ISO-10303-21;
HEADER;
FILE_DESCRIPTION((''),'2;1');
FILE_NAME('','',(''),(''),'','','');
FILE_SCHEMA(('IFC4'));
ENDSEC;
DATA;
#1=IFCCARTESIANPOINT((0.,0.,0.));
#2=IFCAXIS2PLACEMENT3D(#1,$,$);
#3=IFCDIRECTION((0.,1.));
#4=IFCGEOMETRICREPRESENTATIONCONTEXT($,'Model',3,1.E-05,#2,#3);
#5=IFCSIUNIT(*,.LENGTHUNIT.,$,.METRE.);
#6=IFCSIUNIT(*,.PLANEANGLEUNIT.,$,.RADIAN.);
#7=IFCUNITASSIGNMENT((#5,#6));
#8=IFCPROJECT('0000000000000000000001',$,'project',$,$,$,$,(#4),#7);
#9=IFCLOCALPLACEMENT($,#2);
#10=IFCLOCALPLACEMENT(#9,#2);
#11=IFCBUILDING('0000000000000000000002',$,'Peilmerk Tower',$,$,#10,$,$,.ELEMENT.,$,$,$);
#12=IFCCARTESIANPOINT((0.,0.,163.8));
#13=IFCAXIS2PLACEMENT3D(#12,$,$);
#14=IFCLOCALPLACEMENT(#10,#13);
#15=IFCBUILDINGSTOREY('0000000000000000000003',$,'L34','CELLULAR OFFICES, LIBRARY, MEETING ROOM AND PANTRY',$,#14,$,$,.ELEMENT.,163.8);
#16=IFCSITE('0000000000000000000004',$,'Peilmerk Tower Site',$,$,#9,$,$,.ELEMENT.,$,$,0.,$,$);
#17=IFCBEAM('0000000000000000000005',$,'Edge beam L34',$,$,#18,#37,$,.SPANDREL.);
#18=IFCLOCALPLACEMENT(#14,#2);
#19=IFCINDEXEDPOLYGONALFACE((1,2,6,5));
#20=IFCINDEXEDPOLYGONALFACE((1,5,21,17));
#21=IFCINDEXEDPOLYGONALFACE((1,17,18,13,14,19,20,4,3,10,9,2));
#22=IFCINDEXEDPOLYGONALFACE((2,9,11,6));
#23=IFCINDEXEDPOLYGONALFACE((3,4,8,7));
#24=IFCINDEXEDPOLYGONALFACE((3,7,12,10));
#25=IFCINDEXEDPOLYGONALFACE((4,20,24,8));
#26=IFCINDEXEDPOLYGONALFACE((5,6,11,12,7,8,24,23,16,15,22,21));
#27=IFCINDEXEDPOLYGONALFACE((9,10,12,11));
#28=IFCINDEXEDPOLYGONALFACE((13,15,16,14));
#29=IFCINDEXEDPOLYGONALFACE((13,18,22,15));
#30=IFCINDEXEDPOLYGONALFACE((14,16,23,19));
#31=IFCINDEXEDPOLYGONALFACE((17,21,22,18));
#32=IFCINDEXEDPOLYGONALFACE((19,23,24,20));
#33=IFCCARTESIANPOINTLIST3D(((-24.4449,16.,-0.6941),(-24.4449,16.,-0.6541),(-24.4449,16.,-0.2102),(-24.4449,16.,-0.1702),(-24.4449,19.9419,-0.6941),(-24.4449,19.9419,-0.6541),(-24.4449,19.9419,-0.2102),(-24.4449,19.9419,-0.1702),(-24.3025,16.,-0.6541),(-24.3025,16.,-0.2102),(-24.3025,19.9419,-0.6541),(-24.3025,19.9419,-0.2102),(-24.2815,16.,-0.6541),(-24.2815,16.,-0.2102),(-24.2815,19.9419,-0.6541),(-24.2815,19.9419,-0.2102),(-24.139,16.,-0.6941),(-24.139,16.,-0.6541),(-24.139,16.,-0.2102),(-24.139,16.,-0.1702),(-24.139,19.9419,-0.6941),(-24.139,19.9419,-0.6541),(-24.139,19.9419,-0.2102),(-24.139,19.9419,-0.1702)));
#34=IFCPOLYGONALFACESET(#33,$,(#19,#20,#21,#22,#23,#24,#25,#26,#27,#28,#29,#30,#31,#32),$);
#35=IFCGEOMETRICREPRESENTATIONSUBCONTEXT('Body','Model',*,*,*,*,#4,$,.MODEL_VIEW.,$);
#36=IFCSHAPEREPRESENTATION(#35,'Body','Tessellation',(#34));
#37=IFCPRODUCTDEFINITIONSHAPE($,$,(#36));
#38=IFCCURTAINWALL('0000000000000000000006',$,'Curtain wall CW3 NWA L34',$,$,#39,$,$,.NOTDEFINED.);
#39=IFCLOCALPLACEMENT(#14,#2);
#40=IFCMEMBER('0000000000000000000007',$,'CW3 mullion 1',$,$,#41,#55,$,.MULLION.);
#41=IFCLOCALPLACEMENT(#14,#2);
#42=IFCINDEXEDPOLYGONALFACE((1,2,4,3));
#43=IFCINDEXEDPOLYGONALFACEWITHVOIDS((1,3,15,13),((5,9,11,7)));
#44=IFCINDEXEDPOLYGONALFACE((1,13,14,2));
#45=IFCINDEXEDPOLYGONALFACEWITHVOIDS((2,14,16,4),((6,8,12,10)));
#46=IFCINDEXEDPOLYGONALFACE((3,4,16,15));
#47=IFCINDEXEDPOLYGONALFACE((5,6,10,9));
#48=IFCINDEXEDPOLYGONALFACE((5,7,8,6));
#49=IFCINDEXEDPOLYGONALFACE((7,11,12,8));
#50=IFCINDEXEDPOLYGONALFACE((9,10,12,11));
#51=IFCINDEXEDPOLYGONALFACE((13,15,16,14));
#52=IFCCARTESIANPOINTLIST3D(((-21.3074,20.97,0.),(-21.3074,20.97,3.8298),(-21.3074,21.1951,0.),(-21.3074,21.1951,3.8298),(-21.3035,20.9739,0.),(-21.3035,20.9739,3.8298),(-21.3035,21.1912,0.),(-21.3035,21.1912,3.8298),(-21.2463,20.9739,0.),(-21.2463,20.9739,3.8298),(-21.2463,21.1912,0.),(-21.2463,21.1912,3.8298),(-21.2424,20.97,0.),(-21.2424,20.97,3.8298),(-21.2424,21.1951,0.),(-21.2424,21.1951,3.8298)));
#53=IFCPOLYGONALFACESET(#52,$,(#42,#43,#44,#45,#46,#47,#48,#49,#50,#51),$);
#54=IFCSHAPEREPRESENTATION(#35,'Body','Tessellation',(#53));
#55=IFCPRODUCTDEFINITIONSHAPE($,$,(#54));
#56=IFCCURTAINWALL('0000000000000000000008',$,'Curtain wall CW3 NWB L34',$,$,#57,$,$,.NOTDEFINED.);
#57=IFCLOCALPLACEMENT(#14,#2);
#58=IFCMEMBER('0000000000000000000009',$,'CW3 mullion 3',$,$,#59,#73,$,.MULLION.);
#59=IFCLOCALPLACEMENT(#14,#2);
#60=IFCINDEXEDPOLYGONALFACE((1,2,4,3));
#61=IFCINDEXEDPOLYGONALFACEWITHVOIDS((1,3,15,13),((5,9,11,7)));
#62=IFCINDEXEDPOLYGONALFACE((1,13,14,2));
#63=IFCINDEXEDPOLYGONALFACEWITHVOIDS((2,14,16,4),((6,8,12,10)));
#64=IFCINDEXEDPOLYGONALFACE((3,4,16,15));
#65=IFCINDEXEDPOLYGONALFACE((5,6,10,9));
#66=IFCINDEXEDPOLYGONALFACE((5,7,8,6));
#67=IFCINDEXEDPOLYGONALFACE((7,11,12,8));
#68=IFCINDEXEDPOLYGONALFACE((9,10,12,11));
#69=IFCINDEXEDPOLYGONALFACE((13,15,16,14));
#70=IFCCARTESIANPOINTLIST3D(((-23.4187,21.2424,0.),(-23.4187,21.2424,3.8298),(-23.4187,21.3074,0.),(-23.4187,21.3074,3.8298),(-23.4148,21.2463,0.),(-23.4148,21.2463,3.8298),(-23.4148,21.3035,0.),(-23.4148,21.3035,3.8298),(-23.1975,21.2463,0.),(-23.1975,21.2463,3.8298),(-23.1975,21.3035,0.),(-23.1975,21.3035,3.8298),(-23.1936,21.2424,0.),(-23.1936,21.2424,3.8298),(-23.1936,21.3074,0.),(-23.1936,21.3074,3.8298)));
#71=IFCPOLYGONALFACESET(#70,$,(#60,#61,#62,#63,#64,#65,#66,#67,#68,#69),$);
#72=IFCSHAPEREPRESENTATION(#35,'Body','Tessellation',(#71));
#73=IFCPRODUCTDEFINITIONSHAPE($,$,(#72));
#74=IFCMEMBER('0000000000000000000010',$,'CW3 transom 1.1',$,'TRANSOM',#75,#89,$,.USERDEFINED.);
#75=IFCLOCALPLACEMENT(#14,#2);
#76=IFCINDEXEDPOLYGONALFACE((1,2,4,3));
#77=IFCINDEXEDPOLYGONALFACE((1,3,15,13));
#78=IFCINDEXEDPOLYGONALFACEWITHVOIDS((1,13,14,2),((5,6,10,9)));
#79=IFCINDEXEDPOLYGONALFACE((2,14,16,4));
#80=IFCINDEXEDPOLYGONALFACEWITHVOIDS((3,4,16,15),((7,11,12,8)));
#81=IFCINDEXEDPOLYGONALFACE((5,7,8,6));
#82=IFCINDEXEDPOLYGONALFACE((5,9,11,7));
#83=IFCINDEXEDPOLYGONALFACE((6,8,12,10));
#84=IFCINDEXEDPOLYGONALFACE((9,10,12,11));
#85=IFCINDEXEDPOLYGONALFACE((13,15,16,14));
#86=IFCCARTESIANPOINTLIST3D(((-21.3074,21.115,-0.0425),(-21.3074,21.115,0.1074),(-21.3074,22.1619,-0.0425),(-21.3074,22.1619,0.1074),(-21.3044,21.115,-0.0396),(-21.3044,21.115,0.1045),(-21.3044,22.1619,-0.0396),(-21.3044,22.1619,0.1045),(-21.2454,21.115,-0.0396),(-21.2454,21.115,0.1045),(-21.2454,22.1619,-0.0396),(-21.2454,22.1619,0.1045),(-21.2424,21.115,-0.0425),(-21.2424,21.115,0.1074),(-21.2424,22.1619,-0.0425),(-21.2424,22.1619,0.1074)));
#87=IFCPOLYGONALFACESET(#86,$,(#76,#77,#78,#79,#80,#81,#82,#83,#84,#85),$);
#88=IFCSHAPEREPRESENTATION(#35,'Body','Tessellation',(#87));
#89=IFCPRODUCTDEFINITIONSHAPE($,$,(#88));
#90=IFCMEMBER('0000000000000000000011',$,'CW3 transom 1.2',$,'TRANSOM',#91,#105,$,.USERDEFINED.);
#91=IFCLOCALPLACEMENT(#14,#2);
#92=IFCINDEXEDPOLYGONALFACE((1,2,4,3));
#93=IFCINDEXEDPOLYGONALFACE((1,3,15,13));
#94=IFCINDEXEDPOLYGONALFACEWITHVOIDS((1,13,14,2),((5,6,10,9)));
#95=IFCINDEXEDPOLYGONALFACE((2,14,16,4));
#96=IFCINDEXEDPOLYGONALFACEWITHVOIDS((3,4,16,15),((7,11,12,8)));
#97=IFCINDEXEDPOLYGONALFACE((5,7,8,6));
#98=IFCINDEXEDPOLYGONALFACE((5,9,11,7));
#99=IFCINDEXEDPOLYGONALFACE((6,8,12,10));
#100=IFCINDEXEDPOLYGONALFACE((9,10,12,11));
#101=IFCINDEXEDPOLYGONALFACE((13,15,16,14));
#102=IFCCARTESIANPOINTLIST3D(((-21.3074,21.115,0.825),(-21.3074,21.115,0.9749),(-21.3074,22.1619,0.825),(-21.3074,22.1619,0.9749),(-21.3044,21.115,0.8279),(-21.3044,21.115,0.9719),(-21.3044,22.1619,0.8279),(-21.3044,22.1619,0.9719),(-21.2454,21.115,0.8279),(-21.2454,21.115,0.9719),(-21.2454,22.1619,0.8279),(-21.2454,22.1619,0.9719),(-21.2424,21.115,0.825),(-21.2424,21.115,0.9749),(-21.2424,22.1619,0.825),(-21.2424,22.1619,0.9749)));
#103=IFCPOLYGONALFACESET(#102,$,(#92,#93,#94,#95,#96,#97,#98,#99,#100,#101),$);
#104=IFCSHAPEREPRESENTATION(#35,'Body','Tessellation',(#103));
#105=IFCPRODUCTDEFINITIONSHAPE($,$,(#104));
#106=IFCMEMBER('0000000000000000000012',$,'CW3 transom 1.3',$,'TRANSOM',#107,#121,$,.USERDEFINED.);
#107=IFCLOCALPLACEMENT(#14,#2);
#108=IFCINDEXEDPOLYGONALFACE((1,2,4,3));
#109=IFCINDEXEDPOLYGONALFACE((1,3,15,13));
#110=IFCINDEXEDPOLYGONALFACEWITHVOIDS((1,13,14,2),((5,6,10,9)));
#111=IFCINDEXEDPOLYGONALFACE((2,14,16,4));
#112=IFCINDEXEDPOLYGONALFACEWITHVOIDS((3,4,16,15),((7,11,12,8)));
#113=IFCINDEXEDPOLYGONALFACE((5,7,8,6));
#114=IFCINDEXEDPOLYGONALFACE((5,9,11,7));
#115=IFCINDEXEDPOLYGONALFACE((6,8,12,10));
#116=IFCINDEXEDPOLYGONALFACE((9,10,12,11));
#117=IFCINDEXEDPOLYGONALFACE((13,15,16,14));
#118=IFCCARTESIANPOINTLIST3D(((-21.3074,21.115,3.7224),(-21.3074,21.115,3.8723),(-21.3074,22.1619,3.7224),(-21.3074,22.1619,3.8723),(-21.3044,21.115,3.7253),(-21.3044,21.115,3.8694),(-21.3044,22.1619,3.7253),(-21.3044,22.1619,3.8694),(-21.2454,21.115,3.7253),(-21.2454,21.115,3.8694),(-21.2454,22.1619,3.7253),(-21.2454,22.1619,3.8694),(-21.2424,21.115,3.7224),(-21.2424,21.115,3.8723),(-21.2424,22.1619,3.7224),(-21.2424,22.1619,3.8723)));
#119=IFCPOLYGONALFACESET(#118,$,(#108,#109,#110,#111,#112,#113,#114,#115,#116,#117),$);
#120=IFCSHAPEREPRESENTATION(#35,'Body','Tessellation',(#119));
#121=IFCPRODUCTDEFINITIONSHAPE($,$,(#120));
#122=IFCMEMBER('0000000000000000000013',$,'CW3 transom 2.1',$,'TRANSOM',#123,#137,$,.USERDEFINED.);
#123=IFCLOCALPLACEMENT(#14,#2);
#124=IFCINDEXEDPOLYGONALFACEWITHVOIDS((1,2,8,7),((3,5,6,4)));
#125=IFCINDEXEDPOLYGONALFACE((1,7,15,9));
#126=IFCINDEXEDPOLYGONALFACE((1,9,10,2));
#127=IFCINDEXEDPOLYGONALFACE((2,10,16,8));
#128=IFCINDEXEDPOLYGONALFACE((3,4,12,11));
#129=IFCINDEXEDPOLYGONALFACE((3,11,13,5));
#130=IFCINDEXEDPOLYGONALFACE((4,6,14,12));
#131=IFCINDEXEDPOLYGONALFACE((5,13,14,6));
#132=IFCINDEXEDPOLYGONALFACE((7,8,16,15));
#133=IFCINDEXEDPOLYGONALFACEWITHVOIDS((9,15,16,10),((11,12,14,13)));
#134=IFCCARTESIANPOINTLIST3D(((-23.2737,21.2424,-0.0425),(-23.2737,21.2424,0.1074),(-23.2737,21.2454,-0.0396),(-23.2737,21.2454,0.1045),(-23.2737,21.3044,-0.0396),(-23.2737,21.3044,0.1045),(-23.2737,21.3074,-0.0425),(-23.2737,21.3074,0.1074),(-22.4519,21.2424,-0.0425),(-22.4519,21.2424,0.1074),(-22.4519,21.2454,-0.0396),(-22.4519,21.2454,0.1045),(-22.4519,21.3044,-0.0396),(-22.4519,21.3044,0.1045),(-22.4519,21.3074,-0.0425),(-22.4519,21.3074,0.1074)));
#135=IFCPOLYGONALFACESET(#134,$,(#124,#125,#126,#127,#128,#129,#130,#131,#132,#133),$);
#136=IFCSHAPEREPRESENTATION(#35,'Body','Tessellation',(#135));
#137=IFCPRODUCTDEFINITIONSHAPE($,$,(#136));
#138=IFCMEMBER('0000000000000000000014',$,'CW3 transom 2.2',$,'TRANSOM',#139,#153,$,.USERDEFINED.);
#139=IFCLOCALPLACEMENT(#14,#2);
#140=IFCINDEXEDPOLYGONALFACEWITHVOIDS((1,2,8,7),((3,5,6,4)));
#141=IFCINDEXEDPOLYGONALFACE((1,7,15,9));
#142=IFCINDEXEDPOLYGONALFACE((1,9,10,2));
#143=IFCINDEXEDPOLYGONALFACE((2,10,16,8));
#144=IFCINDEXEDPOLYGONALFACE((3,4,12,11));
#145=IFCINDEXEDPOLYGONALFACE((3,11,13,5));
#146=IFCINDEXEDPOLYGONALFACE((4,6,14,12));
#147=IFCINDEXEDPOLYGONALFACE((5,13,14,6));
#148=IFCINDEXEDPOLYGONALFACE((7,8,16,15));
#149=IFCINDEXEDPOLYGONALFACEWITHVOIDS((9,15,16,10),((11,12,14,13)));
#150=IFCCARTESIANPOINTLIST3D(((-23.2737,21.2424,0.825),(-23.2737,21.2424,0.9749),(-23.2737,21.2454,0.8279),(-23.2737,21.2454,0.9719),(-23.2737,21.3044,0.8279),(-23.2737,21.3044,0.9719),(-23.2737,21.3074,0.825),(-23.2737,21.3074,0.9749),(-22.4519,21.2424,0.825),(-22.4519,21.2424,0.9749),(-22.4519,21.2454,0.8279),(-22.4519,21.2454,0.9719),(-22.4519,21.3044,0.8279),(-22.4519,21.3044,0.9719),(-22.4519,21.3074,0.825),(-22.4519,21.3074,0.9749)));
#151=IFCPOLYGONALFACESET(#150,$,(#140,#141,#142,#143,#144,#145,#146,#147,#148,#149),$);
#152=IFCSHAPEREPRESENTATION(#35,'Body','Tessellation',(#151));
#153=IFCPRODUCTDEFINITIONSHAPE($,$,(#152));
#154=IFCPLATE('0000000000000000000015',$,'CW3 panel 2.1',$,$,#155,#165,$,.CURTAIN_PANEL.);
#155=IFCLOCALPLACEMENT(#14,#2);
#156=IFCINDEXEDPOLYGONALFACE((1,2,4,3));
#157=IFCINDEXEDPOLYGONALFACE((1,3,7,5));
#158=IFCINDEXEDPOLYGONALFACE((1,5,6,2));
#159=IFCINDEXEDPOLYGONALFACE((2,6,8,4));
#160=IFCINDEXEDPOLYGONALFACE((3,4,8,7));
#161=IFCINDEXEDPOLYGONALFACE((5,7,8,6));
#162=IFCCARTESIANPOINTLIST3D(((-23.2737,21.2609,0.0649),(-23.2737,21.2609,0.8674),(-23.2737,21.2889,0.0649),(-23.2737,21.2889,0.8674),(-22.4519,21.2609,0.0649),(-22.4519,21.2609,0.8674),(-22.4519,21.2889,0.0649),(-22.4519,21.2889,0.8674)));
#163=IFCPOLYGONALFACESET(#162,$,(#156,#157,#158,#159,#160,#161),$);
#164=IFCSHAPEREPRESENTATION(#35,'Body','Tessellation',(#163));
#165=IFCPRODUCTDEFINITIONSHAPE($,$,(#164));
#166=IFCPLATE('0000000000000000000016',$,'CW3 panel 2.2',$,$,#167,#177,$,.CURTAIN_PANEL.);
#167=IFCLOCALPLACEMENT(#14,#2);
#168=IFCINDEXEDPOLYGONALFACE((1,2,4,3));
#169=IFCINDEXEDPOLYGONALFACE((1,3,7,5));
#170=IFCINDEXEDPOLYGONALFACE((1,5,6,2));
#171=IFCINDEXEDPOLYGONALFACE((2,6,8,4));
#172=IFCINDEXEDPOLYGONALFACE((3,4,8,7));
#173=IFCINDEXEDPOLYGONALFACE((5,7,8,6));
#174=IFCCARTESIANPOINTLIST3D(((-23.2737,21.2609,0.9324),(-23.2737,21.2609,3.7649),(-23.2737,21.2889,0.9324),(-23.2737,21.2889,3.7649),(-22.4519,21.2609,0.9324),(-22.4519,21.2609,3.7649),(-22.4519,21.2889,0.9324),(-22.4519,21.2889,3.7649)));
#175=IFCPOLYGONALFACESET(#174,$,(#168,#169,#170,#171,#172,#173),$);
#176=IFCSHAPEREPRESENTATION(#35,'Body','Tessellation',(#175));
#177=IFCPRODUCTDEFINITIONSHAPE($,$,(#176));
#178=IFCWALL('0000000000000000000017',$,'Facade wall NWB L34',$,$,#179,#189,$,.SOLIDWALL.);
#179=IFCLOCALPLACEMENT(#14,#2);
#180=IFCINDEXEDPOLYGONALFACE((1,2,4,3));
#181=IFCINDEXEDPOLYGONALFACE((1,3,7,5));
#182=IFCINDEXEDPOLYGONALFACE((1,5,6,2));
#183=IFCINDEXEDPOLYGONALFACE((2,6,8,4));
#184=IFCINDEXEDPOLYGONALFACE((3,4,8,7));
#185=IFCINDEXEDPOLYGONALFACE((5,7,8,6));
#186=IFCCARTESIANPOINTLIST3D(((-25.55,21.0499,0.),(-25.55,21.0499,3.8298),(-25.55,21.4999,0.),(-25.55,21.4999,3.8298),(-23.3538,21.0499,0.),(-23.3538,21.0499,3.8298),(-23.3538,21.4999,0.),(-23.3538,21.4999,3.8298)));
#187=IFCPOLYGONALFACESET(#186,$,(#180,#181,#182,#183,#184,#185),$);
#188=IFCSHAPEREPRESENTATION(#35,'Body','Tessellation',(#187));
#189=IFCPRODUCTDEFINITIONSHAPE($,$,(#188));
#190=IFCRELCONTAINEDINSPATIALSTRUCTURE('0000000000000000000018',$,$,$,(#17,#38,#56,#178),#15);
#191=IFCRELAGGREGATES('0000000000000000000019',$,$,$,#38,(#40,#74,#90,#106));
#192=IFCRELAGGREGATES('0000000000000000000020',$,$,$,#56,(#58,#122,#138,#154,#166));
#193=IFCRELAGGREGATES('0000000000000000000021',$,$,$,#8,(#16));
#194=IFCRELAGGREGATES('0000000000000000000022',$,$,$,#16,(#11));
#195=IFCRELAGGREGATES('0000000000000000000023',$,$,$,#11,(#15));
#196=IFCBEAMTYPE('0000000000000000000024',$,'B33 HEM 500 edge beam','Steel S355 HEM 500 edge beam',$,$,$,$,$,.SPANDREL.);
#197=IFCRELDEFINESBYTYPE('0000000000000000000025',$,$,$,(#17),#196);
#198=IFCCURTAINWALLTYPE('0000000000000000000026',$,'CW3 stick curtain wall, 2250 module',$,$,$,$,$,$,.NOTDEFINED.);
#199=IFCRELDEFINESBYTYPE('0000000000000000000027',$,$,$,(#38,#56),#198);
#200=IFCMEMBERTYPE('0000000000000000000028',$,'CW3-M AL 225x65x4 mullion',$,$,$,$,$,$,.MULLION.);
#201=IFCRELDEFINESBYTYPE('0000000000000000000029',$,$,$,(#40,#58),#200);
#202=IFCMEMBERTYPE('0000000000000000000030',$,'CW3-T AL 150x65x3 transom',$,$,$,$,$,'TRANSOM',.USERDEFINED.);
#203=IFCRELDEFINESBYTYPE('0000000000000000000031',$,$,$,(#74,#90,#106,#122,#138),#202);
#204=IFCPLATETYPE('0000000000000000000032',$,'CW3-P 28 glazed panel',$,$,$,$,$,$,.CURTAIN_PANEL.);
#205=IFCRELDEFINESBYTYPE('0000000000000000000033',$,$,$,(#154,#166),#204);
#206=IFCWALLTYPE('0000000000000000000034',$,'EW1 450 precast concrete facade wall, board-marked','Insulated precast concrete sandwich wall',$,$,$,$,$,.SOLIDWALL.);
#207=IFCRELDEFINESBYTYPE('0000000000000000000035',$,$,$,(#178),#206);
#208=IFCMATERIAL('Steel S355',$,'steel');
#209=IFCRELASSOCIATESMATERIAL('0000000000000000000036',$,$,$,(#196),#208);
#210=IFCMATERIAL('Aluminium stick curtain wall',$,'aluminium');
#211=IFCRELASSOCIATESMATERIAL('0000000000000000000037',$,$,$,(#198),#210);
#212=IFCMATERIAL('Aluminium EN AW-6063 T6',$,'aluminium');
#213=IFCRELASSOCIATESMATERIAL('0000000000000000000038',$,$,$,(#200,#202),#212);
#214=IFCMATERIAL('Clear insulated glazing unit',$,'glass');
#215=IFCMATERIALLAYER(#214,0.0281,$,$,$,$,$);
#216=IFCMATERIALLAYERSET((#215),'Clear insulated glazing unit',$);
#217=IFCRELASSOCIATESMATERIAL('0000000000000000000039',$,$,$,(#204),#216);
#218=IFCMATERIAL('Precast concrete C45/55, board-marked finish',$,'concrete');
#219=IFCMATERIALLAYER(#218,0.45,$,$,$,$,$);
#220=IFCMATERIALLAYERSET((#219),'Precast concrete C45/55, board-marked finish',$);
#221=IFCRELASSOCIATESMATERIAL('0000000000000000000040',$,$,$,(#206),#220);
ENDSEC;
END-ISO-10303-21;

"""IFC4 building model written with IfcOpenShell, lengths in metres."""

from ifc_helpers import new_model, si_unit, direction, frame, frame_2d, origin, origin_2d, place, context, subcontext, project, spatial, rectangle, hollow_rectangle, i_section, extrude, material, layer, layer_set, material_profile, profile_set, type_object, element, aggregate, save


model = new_model("IFC4")

# Units and contexts
model_context = context("Model", 3, precision=1e-05, world=origin(), true_north=direction((0.0, 1.0)))
body_context = subcontext(model_context, "Body", "Model", "MODEL_VIEW")
ifc_project = project(units=[si_unit("LENGTHUNIT", "METRE"), si_unit("PLANEANGLEUNIT", "RADIAN")], contexts=[model_context])

# Site, building, storey
site_placement = place(None, origin())
site = spatial("IfcSite", under=ifc_project, at=site_placement, Name="Peilmerk Tower Site", CompositionType="ELEMENT", RefElevation=0.0)
building_placement = place(site_placement, origin())
building = spatial("IfcBuilding", under=site, at=building_placement, Name="Peilmerk Tower", CompositionType="ELEMENT")
storey_placement = place(building_placement, frame((0.0, 0.0, 163.8)))
storey = spatial("IfcBuildingStorey", under=building, at=storey_placement, Name="L34", Description="CELLULAR OFFICES, LIBRARY, MEETING ROOM AND PANTRY", CompositionType="ELEMENT", Elevation=163.8)

# Beam
ifc_material_1 = material(Name="Steel S355", Category="steel")
ifc_material_profile_1 = material_profile(ifc_material_1, i_section(OverallWidth=0.3059, OverallDepth=0.5239, WebThickness=0.021, FlangeThickness=0.04, at=origin_2d()), Name="HEM 500")
ifc_profile_set_1 = profile_set([ifc_material_profile_1], Name="Steel S355")
beam_type_1 = type_object("IfcBeamType", Name="B33 HEM 500 edge beam", Description="Steel S355 HEM 500 edge beam", PredefinedType="SPANDREL", material=ifc_profile_set_1)
beam_1_placement = place(storey_placement, frame((-24.292, 19.9419, -0.4321), z_axis=(0.0, -1.0, 0.0), x_axis=(1.0, 0.0, 0.0)))
element("IfcBeam", 1, at=beam_1_placement, inside=storey, type_object=beam_type_1, Name="Edge beam L34", PredefinedType="SPANDREL", context=body_context, shape_type="SweptSolid", body=[
    extrude(i_section(OverallWidth=0.3059, OverallDepth=0.5239, WebThickness=0.021, FlangeThickness=0.04, at=origin_2d()), origin(), (0.0, 0.0, 1.0), 3.9419),
])

# Curtain walls, members
ifc_material_2 = material(Name="Aluminium stick curtain wall", Category="aluminium")
curtain_wall_type = type_object("IfcCurtainWallType", Name="CW3 stick curtain wall, 2250 module", PredefinedType="NOTDEFINED", material=ifc_material_2)
curtain_wall_1_placement = place(storey_placement, origin())
curtain_wall_1 = element("IfcCurtainWall", 2, at=curtain_wall_1_placement, inside=storey, type_object=curtain_wall_type, Name="Curtain wall CW3 NWA L34", PredefinedType="NOTDEFINED")
ifc_material_3 = material(Name="Aluminium EN AW-6063 T6", Category="aluminium")
ifc_material_profile_2 = material_profile(ifc_material_3, hollow_rectangle(XDim=0.0649, YDim=0.2251, WallThickness=0.0039, at=origin_2d()), Name="AL 225x65x4")
ifc_profile_set_2 = profile_set([ifc_material_profile_2], Name="Aluminium EN AW-6063 T6")
member_type_1 = type_object("IfcMemberType", Name="CW3-M AL 225x65x4 mullion", PredefinedType="MULLION", material=ifc_profile_set_2)
member_1_placement = place(storey_placement, frame((-21.2749, 21.0825, 0.0), z_axis=(0.0, 0.0, 1.0), x_axis=(-1.0, 0.0, 0.0)))
member_1 = element("IfcMember", 3, at=member_1_placement, type_object=member_type_1, Name="CW3 mullion 1", PredefinedType="MULLION", context=body_context, shape_type="SweptSolid", body=[
    extrude(hollow_rectangle(XDim=0.0649, YDim=0.2251, WallThickness=0.0039, at=origin_2d()), origin(), (0.0, 0.0, 1.0), 3.8298),
])
curtain_wall_2_placement = place(storey_placement, origin())
curtain_wall_2 = element("IfcCurtainWall", 4, at=curtain_wall_2_placement, inside=storey, type_object=curtain_wall_type, Name="Curtain wall CW3 NWB L34", PredefinedType="NOTDEFINED")
member_2_placement = place(storey_placement, frame((-23.3062, 21.2749, 0.0), z_axis=(0.0, 0.0, 1.0), x_axis=(0.0, -1.0, 0.0)))
member_2 = element("IfcMember", 5, at=member_2_placement, type_object=member_type_1, Name="CW3 mullion 3", PredefinedType="MULLION", context=body_context, shape_type="SweptSolid", body=[
    extrude(hollow_rectangle(XDim=0.0649, YDim=0.2251, WallThickness=0.0039, at=origin_2d()), origin(), (0.0, 0.0, 1.0), 3.8298),
])

# Members
ifc_material_profile_3 = material_profile(ifc_material_3, hollow_rectangle(XDim=0.0649, YDim=0.1499, WallThickness=0.0029, at=origin_2d()), Name="AL 150x65x3")
ifc_profile_set_3 = profile_set([ifc_material_profile_3], Name="Aluminium EN AW-6063 T6")
member_type_2 = type_object("IfcMemberType", Name="CW3-T AL 150x65x3 transom", ElementType="TRANSOM", PredefinedType="USERDEFINED", material=ifc_profile_set_3)
member_3_placement = place(storey_placement, frame((-21.2749, 21.115, 0.0325), z_axis=(0.0, 1.0, 0.0), x_axis=(-1.0, 0.0, 0.0)))
member_3 = element("IfcMember", 6, at=member_3_placement, type_object=member_type_2, Name="CW3 transom 1.1", ObjectType="TRANSOM", PredefinedType="USERDEFINED", context=body_context, shape_type="SweptSolid", body=[
    extrude(hollow_rectangle(XDim=0.0649, YDim=0.1499, WallThickness=0.0029, at=origin_2d()), origin(), (0.0, 0.0, 1.0), 1.0469),
])
member_4_placement = place(storey_placement, frame((-21.2749, 21.115, 0.8999), z_axis=(0.0, 1.0, 0.0), x_axis=(-1.0, 0.0, 0.0)))
member_4 = element("IfcMember", 7, at=member_4_placement, type_object=member_type_2, Name="CW3 transom 1.2", ObjectType="TRANSOM", PredefinedType="USERDEFINED", context=body_context, shape_type="SweptSolid", body=[
    extrude(hollow_rectangle(XDim=0.0649, YDim=0.1499, WallThickness=0.0029, at=origin_2d()), origin(), (0.0, 0.0, 1.0), 1.0469),
])
member_5_placement = place(storey_placement, frame((-21.2749, 21.115, 3.7974), z_axis=(0.0, 1.0, 0.0), x_axis=(-1.0, 0.0, 0.0)))
member_5 = element("IfcMember", 8, at=member_5_placement, type_object=member_type_2, Name="CW3 transom 1.3", ObjectType="TRANSOM", PredefinedType="USERDEFINED", context=body_context, shape_type="SweptSolid", body=[
    extrude(hollow_rectangle(XDim=0.0649, YDim=0.1499, WallThickness=0.0029, at=origin_2d()), origin(), (0.0, 0.0, 1.0), 1.0469),
])
aggregate(curtain_wall_1, [member_1, member_3, member_4, member_5])
member_6_placement = place(storey_placement, frame((-22.4519, 21.2749, 0.0325), z_axis=(-1.0, 0.0, 0.0), x_axis=(0.0, -1.0, 0.0)))
member_6 = element("IfcMember", 9, at=member_6_placement, type_object=member_type_2, Name="CW3 transom 2.1", ObjectType="TRANSOM", PredefinedType="USERDEFINED", context=body_context, shape_type="SweptSolid", body=[
    extrude(hollow_rectangle(XDim=0.0649, YDim=0.1499, WallThickness=0.0029, at=origin_2d()), origin(), (0.0, 0.0, 1.0), 0.8218),
])
member_7_placement = place(storey_placement, frame((-22.4519, 21.2749, 0.8999), z_axis=(-1.0, 0.0, 0.0), x_axis=(0.0, -1.0, 0.0)))
member_7 = element("IfcMember", 10, at=member_7_placement, type_object=member_type_2, Name="CW3 transom 2.2", ObjectType="TRANSOM", PredefinedType="USERDEFINED", context=body_context, shape_type="SweptSolid", body=[
    extrude(hollow_rectangle(XDim=0.0649, YDim=0.1499, WallThickness=0.0029, at=origin_2d()), origin(), (0.0, 0.0, 1.0), 0.8218),
])

# Plates
ifc_material_4 = material(Name="Clear insulated glazing unit", Category="glass")
ifc_layer_1 = layer(ifc_material_4, 0.0281)
ifc_layer_set_1 = layer_set([ifc_layer_1], Name="Clear insulated glazing unit")
plate_type = type_object("IfcPlateType", Name="CW3-P 28 glazed panel", PredefinedType="CURTAIN_PANEL", material=ifc_layer_set_1)
plate_1_placement = place(storey_placement, frame((-22.8628, 21.2749, 0.0649), z_axis=(0.0, 0.0, 1.0), x_axis=(-1.0, 0.0, 0.0)))
plate_1 = element("IfcPlate", 11, at=plate_1_placement, type_object=plate_type, Name="CW3 panel 2.1", PredefinedType="CURTAIN_PANEL", context=body_context, shape_type="SweptSolid", body=[
    extrude(rectangle(XDim=0.8218, YDim=0.0281, at=origin_2d()), origin(), (0.0, 0.0, 1.0), 0.8025),
])
plate_2_placement = place(storey_placement, frame((-22.8628, 21.2749, 0.9324), z_axis=(0.0, 0.0, 1.0), x_axis=(-1.0, 0.0, 0.0)))
plate_2 = element("IfcPlate", 12, at=plate_2_placement, type_object=plate_type, Name="CW3 panel 2.2", PredefinedType="CURTAIN_PANEL", context=body_context, shape_type="SweptSolid", body=[
    extrude(rectangle(XDim=0.8218, YDim=0.0281, at=origin_2d()), origin(), (0.0, 0.0, 1.0), 2.8325),
])
aggregate(curtain_wall_2, [member_2, member_6, member_7, plate_1, plate_2])

# Wall
ifc_material_5 = material(Name="Precast concrete C45/55, board-marked finish", Category="concrete")
ifc_layer_2 = layer(ifc_material_5, 0.45)
ifc_layer_set_2 = layer_set([ifc_layer_2], Name="Precast concrete C45/55, board-marked finish")
wall_type_1 = type_object("IfcWallType", Name="EW1 450 precast concrete facade wall, board-marked", Description="Insulated precast concrete sandwich wall", PredefinedType="SOLIDWALL", material=ifc_layer_set_2)
wall_1_placement = place(storey_placement, frame((-23.3538, 21.2749, 0.0), z_axis=(0.0, 0.0, 1.0), x_axis=(-1.0, 0.0, 0.0)))
element("IfcWall", 13, at=wall_1_placement, inside=storey, type_object=wall_type_1, Name="Facade wall NWB L34", PredefinedType="SOLIDWALL", context=body_context, shape_type="SweptSolid", body=[
    extrude(rectangle(XDim=2.1963, YDim=0.45, at=frame_2d((1.0981, 0.0))), origin(), (0.0, 0.0, 1.0), 3.8298),
])

save(model, "model.ifc")
